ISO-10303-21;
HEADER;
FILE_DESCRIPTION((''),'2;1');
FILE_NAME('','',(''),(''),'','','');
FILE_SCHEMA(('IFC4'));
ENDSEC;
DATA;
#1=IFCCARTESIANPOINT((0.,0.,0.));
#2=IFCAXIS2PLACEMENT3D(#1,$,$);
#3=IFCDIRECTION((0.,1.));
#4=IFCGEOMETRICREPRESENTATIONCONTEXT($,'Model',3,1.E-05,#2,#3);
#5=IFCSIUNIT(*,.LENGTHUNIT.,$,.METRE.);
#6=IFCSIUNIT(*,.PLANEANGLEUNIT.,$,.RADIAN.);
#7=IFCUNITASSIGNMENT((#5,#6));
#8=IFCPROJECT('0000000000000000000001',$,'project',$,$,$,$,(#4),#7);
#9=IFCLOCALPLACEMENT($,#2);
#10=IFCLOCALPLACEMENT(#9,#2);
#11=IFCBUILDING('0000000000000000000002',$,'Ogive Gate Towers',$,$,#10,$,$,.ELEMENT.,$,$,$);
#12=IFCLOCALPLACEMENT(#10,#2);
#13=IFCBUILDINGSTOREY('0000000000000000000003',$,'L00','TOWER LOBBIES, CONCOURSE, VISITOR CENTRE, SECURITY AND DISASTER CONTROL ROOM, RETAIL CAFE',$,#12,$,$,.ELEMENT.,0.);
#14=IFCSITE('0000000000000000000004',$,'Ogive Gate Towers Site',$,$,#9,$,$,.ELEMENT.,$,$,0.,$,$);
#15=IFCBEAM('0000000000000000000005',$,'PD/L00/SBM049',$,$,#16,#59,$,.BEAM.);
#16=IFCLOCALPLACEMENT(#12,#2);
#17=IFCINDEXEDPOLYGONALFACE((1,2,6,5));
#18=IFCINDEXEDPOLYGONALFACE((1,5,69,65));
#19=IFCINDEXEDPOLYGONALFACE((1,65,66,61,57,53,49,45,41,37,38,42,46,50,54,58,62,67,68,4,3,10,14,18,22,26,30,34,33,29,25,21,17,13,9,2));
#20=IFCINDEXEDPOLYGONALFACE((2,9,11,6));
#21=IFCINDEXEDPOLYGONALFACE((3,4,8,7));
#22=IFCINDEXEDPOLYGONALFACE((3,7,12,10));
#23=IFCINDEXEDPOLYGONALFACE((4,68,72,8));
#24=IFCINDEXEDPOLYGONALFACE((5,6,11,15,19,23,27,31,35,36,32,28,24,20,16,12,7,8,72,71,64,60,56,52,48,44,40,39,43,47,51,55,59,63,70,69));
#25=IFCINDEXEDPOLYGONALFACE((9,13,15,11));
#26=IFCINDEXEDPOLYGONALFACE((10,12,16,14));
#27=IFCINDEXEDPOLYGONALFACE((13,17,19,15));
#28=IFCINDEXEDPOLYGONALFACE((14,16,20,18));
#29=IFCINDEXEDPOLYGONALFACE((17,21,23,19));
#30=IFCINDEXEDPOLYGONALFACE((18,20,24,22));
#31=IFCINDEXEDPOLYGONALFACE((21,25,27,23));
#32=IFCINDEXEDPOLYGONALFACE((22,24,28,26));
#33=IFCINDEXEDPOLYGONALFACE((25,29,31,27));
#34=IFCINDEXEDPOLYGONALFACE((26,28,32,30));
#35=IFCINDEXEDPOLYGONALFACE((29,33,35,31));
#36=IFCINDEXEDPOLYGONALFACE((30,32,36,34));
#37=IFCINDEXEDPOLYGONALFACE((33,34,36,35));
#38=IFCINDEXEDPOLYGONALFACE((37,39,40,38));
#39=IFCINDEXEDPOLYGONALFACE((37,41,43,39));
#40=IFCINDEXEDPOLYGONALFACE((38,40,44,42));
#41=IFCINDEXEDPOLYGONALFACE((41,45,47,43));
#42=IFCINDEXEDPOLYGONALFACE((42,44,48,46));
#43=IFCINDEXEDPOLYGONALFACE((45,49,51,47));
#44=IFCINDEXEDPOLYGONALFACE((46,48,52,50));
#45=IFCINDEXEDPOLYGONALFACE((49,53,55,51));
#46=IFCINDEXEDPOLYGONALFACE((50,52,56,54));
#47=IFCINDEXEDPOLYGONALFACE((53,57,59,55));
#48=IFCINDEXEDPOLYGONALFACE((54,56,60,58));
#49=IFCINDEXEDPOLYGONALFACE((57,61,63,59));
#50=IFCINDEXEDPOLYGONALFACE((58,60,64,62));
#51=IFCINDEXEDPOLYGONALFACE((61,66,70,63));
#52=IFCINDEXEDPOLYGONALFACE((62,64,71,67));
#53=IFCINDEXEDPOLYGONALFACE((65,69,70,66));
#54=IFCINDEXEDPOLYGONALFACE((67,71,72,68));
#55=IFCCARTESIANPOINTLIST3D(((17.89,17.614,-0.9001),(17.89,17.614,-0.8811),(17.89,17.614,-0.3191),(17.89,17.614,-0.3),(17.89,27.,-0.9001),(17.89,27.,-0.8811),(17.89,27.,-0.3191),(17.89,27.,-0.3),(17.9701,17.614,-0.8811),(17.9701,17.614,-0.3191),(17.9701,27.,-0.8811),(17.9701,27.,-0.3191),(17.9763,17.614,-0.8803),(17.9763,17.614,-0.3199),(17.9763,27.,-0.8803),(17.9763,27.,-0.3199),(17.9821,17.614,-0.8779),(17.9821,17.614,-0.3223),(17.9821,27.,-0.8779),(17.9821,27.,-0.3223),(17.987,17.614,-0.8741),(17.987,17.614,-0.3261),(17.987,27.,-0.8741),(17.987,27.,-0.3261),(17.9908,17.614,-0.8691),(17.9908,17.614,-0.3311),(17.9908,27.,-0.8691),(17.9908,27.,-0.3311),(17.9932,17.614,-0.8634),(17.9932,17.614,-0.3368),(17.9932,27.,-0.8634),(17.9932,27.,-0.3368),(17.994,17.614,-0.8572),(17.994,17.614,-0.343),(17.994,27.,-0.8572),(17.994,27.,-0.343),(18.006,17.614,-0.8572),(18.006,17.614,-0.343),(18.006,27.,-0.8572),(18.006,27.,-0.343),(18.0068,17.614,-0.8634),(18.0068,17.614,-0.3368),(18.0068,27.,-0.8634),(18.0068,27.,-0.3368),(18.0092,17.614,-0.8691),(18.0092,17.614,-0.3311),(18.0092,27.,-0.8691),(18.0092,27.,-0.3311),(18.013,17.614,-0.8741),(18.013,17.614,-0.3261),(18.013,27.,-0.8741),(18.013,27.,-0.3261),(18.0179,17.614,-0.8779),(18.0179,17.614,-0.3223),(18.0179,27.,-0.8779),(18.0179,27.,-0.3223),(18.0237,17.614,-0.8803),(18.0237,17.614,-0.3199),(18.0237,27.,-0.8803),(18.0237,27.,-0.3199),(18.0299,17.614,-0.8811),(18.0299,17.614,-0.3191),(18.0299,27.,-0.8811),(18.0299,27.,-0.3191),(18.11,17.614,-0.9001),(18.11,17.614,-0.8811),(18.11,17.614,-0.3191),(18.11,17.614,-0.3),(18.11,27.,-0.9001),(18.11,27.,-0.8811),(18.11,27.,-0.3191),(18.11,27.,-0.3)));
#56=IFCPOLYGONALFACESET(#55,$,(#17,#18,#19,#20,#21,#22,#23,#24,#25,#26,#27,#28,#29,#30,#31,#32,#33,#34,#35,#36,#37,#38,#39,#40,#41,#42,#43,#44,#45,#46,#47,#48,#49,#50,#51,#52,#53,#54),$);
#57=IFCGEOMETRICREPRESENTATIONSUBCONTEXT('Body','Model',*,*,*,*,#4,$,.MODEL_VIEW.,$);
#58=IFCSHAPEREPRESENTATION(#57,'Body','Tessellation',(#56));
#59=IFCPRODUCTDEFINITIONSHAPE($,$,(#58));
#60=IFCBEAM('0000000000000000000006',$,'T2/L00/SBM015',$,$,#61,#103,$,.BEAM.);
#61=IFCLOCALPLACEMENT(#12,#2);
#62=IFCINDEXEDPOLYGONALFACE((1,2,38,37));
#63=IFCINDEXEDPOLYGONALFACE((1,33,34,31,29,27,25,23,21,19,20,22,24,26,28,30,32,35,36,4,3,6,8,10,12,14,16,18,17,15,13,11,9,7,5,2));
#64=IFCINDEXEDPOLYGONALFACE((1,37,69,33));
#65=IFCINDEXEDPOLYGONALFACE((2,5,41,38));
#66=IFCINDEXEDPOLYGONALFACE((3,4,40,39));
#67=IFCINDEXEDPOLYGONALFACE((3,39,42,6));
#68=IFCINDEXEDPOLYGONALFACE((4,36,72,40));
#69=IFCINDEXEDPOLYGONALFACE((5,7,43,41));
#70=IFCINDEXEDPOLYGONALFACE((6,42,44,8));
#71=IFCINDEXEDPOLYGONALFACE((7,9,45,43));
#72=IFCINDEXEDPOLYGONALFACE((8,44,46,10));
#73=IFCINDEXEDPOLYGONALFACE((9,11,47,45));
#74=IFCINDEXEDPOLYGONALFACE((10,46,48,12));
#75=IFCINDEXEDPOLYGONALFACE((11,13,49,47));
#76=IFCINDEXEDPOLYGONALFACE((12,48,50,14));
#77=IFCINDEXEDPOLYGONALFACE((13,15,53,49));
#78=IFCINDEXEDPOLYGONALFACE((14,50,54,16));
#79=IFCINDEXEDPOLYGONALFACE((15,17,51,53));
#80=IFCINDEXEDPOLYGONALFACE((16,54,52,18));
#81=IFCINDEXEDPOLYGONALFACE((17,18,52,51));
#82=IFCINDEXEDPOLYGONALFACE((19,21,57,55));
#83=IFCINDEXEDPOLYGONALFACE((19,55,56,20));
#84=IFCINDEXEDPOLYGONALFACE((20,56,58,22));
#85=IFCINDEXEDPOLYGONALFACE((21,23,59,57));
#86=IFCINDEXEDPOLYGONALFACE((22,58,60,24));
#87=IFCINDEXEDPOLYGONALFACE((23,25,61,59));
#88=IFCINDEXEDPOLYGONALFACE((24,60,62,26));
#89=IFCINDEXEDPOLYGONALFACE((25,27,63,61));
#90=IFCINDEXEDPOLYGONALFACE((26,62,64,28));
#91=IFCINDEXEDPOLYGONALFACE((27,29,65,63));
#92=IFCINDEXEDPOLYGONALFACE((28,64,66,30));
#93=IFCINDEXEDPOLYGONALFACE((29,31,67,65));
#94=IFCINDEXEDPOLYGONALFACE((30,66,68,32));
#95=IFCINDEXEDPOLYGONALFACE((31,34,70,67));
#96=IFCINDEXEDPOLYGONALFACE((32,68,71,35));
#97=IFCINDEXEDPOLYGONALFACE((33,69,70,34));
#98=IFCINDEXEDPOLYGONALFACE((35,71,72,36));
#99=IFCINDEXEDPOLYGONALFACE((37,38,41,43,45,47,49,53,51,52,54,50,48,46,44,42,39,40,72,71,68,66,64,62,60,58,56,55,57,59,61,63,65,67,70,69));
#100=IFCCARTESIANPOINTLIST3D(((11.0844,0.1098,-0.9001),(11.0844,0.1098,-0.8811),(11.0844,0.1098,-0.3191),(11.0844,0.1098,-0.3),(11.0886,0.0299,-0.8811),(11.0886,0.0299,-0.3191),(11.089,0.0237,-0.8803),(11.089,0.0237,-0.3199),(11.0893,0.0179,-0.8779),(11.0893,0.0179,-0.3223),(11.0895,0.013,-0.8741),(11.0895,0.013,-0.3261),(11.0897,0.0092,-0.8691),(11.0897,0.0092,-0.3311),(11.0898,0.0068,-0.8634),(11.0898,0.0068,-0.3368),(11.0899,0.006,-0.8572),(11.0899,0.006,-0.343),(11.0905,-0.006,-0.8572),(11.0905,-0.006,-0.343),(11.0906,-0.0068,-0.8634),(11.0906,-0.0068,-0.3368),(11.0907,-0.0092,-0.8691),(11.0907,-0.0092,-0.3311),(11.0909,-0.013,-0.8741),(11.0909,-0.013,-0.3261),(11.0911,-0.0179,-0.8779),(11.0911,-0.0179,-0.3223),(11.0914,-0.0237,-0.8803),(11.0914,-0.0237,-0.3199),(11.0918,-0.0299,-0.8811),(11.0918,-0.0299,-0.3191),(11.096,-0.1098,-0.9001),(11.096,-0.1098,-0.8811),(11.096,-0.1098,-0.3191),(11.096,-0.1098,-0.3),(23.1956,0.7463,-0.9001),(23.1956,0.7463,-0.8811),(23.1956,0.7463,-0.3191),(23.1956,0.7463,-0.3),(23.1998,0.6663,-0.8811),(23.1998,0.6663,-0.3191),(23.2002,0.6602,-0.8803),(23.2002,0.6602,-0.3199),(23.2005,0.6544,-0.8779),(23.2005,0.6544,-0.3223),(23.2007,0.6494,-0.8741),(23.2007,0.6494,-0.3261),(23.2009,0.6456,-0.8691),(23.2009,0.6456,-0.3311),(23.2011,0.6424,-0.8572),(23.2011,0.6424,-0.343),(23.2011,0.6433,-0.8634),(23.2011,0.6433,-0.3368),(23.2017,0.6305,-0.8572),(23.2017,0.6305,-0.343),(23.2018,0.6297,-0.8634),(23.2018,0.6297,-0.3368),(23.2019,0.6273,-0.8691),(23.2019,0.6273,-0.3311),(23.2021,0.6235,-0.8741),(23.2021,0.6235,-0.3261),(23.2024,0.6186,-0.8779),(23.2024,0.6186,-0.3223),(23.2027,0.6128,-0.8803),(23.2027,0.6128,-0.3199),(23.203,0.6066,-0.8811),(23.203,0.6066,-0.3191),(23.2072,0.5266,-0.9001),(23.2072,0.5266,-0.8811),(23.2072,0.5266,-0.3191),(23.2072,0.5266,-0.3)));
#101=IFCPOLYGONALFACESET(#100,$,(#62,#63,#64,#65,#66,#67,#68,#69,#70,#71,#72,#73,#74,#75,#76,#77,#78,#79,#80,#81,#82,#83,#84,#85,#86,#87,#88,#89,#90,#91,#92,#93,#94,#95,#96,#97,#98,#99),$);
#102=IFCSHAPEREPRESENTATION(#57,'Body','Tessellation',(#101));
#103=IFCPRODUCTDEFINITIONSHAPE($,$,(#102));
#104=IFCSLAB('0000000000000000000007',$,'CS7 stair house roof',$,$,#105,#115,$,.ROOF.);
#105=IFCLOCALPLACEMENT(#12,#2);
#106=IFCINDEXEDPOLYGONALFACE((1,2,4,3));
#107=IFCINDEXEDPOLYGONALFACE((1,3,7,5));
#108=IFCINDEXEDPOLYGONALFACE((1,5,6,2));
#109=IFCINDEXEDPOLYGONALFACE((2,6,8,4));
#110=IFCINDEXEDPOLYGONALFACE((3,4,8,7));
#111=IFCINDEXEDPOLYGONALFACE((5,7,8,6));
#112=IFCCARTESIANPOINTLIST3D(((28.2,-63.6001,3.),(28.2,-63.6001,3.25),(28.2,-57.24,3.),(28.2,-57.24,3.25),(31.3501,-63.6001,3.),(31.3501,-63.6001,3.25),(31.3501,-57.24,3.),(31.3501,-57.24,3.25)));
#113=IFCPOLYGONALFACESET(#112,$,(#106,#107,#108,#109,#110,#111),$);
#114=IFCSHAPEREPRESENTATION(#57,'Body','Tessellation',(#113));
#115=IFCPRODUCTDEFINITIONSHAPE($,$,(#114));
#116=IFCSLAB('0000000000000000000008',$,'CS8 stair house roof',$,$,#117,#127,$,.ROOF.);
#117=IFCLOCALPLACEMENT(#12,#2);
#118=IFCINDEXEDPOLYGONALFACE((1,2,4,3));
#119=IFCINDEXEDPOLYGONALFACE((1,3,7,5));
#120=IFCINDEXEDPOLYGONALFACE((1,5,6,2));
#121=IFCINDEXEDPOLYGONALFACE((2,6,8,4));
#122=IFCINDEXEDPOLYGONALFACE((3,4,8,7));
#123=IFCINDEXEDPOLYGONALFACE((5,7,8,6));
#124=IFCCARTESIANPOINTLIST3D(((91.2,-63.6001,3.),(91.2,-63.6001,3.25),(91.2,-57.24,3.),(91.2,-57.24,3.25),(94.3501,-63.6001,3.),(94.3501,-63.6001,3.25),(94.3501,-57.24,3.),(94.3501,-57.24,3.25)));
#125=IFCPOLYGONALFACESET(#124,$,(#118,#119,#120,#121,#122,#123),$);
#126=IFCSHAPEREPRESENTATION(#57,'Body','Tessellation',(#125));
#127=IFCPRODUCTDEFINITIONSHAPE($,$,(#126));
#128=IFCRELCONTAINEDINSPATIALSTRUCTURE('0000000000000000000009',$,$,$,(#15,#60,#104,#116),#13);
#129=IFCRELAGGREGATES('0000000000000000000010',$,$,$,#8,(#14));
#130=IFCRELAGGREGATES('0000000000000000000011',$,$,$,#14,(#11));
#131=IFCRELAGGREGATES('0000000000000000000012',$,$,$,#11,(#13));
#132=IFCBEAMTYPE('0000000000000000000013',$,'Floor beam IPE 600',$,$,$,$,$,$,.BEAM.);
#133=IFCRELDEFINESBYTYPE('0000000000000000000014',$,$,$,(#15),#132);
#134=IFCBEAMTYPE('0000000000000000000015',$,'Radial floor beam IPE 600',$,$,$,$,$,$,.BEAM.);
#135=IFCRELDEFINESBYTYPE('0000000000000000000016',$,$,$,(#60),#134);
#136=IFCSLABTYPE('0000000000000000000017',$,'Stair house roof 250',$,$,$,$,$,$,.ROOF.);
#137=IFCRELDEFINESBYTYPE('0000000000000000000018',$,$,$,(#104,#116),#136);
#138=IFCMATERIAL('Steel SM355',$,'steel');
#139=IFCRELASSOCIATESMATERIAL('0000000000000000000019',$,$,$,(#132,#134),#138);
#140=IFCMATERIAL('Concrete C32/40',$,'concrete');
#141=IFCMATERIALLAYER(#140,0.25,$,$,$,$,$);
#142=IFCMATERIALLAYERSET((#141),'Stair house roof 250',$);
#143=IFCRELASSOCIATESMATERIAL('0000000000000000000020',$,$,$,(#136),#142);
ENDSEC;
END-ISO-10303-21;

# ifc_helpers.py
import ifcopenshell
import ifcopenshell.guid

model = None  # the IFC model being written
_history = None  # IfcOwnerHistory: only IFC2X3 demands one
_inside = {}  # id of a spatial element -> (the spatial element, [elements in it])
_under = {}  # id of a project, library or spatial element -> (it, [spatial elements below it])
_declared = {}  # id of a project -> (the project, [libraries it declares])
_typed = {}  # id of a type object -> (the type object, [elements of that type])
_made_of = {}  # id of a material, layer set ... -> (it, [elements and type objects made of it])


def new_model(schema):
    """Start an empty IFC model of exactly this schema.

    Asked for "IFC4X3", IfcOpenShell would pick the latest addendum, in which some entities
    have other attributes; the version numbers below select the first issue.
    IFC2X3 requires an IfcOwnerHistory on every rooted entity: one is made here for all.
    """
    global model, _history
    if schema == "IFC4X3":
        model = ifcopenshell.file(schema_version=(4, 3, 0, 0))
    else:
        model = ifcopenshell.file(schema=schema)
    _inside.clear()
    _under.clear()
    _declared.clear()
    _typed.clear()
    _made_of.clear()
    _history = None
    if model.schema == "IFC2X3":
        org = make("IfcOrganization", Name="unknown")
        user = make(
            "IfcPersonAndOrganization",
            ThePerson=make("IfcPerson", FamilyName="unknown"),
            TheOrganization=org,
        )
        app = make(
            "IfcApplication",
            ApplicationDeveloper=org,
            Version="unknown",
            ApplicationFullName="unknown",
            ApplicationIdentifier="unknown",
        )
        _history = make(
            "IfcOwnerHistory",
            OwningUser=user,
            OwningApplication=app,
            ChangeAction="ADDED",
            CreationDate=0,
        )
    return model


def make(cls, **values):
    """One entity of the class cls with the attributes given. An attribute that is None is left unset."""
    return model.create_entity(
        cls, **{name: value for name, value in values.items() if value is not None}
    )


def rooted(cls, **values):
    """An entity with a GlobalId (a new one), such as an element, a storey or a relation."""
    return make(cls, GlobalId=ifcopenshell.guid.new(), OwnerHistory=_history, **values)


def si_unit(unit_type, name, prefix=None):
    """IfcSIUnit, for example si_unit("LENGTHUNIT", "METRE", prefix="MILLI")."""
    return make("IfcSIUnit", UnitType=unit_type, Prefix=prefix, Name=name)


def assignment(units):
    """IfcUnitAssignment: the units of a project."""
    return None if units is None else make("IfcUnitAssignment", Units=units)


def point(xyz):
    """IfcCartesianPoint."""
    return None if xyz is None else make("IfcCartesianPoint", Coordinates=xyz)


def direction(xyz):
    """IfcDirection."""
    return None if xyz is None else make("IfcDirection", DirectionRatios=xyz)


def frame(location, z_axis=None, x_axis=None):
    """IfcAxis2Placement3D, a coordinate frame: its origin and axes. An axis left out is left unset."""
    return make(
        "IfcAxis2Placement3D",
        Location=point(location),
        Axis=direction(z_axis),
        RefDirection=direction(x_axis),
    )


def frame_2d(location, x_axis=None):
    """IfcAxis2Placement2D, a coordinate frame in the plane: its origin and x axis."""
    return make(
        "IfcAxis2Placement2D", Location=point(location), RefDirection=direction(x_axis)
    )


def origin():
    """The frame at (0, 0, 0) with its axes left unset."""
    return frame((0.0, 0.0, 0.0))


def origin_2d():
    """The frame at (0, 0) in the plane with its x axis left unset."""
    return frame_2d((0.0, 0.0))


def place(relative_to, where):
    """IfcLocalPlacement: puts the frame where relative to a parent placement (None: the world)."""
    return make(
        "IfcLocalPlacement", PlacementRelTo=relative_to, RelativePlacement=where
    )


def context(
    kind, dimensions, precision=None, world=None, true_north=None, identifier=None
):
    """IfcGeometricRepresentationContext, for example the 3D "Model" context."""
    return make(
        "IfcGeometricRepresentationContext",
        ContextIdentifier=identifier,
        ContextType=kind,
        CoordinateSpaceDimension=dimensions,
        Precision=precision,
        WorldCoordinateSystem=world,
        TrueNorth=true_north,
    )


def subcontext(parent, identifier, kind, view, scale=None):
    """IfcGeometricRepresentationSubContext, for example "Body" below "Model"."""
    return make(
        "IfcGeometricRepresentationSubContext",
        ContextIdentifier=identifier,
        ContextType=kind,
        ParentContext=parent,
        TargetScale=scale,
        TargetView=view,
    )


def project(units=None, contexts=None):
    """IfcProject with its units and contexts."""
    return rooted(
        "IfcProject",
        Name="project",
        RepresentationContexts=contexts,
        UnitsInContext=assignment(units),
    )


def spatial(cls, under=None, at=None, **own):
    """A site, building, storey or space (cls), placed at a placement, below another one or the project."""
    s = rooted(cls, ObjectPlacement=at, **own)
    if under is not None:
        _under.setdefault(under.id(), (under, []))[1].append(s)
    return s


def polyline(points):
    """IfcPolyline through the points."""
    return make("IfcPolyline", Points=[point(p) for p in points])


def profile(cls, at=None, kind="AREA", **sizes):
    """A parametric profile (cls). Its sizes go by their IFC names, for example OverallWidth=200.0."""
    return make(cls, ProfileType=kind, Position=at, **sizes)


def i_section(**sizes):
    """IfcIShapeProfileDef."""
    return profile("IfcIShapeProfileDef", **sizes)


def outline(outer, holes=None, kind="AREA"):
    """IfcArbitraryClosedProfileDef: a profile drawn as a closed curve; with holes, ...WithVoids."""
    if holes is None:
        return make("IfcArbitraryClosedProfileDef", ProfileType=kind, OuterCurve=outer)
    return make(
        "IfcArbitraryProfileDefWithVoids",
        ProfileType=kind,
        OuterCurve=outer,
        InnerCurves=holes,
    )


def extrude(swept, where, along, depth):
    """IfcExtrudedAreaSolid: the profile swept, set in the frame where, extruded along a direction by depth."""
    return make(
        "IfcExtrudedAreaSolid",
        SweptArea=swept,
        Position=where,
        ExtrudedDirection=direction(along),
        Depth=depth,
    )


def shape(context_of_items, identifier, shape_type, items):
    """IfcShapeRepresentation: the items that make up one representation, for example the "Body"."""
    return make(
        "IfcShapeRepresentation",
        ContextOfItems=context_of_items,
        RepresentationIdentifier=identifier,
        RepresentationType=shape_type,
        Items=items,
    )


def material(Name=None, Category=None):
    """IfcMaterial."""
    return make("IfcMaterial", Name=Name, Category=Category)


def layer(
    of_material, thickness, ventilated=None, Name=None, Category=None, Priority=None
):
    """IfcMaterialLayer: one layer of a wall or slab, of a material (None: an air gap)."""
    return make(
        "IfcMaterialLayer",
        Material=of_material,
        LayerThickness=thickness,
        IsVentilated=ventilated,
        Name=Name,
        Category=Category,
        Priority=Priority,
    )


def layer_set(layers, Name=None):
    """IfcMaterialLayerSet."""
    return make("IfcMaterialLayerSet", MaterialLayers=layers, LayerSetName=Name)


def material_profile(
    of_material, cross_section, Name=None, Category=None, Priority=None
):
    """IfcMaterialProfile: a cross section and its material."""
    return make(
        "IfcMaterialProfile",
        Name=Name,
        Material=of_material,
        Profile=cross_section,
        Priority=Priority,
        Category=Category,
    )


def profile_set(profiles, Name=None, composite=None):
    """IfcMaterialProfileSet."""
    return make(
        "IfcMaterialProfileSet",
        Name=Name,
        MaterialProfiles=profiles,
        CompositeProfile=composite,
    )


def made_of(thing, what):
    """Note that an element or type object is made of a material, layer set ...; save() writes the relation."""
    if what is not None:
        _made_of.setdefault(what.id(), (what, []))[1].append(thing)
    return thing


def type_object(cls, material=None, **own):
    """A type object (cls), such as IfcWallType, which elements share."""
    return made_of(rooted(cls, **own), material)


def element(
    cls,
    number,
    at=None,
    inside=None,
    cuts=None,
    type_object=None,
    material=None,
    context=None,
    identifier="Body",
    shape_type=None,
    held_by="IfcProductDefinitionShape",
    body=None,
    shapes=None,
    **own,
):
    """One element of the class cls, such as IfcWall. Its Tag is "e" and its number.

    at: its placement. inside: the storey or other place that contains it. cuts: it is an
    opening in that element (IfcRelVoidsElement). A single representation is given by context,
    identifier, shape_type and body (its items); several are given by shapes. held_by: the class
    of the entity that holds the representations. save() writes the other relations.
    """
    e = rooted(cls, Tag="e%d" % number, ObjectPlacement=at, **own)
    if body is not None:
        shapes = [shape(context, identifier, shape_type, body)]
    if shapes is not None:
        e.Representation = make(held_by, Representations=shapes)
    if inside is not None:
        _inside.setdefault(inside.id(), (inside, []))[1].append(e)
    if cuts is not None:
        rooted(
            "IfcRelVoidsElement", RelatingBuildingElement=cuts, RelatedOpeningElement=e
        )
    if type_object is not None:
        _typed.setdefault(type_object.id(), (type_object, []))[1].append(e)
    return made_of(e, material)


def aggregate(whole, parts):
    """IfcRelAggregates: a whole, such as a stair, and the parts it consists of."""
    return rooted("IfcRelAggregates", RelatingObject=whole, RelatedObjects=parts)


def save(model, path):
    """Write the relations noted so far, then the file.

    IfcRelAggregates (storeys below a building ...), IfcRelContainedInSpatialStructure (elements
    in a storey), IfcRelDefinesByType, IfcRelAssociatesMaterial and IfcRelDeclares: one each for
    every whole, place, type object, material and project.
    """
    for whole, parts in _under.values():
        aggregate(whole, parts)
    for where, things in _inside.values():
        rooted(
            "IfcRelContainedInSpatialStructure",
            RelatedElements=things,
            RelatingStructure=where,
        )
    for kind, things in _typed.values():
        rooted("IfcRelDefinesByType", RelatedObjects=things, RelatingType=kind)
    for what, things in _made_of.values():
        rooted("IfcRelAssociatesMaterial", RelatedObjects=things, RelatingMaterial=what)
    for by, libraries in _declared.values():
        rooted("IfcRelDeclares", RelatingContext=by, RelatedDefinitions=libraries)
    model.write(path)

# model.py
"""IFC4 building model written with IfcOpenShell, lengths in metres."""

from ifc_helpers import new_model, si_unit, direction, frame, origin, origin_2d, place, context, subcontext, project, spatial, polyline, i_section, outline, extrude, material, layer, layer_set, material_profile, profile_set, type_object, element, save


model = new_model("IFC4")

# Units and contexts
model_context = context("Model", 3, precision=1e-05, world=origin(), true_north=direction((0.0, 1.0)))
body_context = subcontext(model_context, "Body", "Model", "MODEL_VIEW")
ifc_project = project(units=[si_unit("LENGTHUNIT", "METRE"), si_unit("PLANEANGLEUNIT", "RADIAN")], contexts=[model_context])

# Site, building, storey
site_placement = place(None, origin())
site = spatial("IfcSite", under=ifc_project, at=site_placement, Name="Ogive Gate Towers Site", CompositionType="ELEMENT", RefElevation=0.0)
building_placement = place(site_placement, origin())
building = spatial("IfcBuilding", under=site, at=building_placement, Name="Ogive Gate Towers", CompositionType="ELEMENT")
storey_placement = place(building_placement, origin())
storey = spatial("IfcBuildingStorey", under=building, at=storey_placement, Name="L00", Description="TOWER LOBBIES, CONCOURSE, VISITOR CENTRE, SECURITY AND DISASTER CONTROL ROOM, RETAIL CAFE", CompositionType="ELEMENT", Elevation=0.0)

# Beams
ifc_material_1 = material(Name="Steel SM355", Category="steel")
ifc_material_profile_1 = material_profile(ifc_material_1, i_section(OverallWidth=0.22, OverallDepth=0.6001, WebThickness=0.012, FlangeThickness=0.019, FilletRadius=0.0239, at=origin_2d()), Name="IPE 600")
ifc_profile_set_1 = profile_set([ifc_material_profile_1], Name="Steel SM355")
beam_type_1 = type_object("IfcBeamType", Name="Floor beam IPE 600", PredefinedType="BEAM", material=ifc_profile_set_1)
beam_1_placement = place(storey_placement, frame((18.0, 17.614, -0.6001), z_axis=(0.0, 1.0, 0.0), x_axis=(-1.0, 0.0, 0.0)))
element("IfcBeam", 1, at=beam_1_placement, inside=storey, type_object=beam_type_1, Name="PD/L00/SBM049", PredefinedType="BEAM", context=body_context, shape_type="SweptSolid", body=[
    extrude(i_section(OverallWidth=0.22, OverallDepth=0.6001, WebThickness=0.012, FlangeThickness=0.019, FilletRadius=0.0239, at=origin_2d()), origin(), (0.0, 0.0, 1.0), 9.386),
])
ifc_material_profile_2 = material_profile(ifc_material_1, i_section(OverallWidth=0.22, OverallDepth=0.6001, WebThickness=0.012, FlangeThickness=0.019, FilletRadius=0.0239, at=origin_2d()), Name="IPE 600")
ifc_profile_set_2 = profile_set([ifc_material_profile_2], Name="Steel SM355")
beam_type_2 = type_object("IfcBeamType", Name="Radial floor beam IPE 600", PredefinedType="BEAM", material=ifc_profile_set_2)
beam_2_placement = place(storey_placement, frame((23.2014, 0.6365, -0.6001), z_axis=(-0.998622, -0.05248, 0.0), x_axis=(0.05248, -0.998622, 0.0)))
element("IfcBeam", 2, at=beam_2_placement, inside=storey, type_object=beam_type_2, Name="T2/L00/SBM015", PredefinedType="BEAM", context=body_context, shape_type="SweptSolid", body=[
    extrude(i_section(OverallWidth=0.22, OverallDepth=0.6001, WebThickness=0.012, FlangeThickness=0.019, FilletRadius=0.0239, at=origin_2d()), origin(), (0.0, 0.0, 1.0), 12.1279),
])

# Slabs
ifc_material_2 = material(Name="Concrete C32/40", Category="concrete")
ifc_layer_1 = layer(ifc_material_2, 0.25)
ifc_layer_set_1 = layer_set([ifc_layer_1], Name="Stair house roof 250")
slab_type = type_object("IfcSlabType", Name="Stair house roof 250", PredefinedType="ROOF", material=ifc_layer_set_1)
slab_1_placement = place(storey_placement, frame((0.0, 0.0, 3.0)))
element("IfcSlab", 3, at=slab_1_placement, inside=storey, type_object=slab_type, Name="CS7 stair house roof", PredefinedType="ROOF", context=body_context, shape_type="SweptSolid", body=[
    extrude(outline(polyline([(31.3501, -63.6001), (28.2, -63.6001), (28.2, -57.24), (31.3501, -57.24), (31.3501, -63.6001)])), origin(), (0.0, 0.0, 1.0), 0.25),
])
slab_2_placement = place(storey_placement, frame((0.0, 0.0, 3.0)))
element("IfcSlab", 4, at=slab_2_placement, inside=storey, type_object=slab_type, Name="CS8 stair house roof", PredefinedType="ROOF", context=body_context, shape_type="SweptSolid", body=[
    extrude(outline(polyline([(94.3501, -63.6001), (91.2, -63.6001), (91.2, -57.24), (94.3501, -57.24), (94.3501, -63.6001)])), origin(), (0.0, 0.0, 1.0), 0.25),
])

save(model, "model.ifc")
